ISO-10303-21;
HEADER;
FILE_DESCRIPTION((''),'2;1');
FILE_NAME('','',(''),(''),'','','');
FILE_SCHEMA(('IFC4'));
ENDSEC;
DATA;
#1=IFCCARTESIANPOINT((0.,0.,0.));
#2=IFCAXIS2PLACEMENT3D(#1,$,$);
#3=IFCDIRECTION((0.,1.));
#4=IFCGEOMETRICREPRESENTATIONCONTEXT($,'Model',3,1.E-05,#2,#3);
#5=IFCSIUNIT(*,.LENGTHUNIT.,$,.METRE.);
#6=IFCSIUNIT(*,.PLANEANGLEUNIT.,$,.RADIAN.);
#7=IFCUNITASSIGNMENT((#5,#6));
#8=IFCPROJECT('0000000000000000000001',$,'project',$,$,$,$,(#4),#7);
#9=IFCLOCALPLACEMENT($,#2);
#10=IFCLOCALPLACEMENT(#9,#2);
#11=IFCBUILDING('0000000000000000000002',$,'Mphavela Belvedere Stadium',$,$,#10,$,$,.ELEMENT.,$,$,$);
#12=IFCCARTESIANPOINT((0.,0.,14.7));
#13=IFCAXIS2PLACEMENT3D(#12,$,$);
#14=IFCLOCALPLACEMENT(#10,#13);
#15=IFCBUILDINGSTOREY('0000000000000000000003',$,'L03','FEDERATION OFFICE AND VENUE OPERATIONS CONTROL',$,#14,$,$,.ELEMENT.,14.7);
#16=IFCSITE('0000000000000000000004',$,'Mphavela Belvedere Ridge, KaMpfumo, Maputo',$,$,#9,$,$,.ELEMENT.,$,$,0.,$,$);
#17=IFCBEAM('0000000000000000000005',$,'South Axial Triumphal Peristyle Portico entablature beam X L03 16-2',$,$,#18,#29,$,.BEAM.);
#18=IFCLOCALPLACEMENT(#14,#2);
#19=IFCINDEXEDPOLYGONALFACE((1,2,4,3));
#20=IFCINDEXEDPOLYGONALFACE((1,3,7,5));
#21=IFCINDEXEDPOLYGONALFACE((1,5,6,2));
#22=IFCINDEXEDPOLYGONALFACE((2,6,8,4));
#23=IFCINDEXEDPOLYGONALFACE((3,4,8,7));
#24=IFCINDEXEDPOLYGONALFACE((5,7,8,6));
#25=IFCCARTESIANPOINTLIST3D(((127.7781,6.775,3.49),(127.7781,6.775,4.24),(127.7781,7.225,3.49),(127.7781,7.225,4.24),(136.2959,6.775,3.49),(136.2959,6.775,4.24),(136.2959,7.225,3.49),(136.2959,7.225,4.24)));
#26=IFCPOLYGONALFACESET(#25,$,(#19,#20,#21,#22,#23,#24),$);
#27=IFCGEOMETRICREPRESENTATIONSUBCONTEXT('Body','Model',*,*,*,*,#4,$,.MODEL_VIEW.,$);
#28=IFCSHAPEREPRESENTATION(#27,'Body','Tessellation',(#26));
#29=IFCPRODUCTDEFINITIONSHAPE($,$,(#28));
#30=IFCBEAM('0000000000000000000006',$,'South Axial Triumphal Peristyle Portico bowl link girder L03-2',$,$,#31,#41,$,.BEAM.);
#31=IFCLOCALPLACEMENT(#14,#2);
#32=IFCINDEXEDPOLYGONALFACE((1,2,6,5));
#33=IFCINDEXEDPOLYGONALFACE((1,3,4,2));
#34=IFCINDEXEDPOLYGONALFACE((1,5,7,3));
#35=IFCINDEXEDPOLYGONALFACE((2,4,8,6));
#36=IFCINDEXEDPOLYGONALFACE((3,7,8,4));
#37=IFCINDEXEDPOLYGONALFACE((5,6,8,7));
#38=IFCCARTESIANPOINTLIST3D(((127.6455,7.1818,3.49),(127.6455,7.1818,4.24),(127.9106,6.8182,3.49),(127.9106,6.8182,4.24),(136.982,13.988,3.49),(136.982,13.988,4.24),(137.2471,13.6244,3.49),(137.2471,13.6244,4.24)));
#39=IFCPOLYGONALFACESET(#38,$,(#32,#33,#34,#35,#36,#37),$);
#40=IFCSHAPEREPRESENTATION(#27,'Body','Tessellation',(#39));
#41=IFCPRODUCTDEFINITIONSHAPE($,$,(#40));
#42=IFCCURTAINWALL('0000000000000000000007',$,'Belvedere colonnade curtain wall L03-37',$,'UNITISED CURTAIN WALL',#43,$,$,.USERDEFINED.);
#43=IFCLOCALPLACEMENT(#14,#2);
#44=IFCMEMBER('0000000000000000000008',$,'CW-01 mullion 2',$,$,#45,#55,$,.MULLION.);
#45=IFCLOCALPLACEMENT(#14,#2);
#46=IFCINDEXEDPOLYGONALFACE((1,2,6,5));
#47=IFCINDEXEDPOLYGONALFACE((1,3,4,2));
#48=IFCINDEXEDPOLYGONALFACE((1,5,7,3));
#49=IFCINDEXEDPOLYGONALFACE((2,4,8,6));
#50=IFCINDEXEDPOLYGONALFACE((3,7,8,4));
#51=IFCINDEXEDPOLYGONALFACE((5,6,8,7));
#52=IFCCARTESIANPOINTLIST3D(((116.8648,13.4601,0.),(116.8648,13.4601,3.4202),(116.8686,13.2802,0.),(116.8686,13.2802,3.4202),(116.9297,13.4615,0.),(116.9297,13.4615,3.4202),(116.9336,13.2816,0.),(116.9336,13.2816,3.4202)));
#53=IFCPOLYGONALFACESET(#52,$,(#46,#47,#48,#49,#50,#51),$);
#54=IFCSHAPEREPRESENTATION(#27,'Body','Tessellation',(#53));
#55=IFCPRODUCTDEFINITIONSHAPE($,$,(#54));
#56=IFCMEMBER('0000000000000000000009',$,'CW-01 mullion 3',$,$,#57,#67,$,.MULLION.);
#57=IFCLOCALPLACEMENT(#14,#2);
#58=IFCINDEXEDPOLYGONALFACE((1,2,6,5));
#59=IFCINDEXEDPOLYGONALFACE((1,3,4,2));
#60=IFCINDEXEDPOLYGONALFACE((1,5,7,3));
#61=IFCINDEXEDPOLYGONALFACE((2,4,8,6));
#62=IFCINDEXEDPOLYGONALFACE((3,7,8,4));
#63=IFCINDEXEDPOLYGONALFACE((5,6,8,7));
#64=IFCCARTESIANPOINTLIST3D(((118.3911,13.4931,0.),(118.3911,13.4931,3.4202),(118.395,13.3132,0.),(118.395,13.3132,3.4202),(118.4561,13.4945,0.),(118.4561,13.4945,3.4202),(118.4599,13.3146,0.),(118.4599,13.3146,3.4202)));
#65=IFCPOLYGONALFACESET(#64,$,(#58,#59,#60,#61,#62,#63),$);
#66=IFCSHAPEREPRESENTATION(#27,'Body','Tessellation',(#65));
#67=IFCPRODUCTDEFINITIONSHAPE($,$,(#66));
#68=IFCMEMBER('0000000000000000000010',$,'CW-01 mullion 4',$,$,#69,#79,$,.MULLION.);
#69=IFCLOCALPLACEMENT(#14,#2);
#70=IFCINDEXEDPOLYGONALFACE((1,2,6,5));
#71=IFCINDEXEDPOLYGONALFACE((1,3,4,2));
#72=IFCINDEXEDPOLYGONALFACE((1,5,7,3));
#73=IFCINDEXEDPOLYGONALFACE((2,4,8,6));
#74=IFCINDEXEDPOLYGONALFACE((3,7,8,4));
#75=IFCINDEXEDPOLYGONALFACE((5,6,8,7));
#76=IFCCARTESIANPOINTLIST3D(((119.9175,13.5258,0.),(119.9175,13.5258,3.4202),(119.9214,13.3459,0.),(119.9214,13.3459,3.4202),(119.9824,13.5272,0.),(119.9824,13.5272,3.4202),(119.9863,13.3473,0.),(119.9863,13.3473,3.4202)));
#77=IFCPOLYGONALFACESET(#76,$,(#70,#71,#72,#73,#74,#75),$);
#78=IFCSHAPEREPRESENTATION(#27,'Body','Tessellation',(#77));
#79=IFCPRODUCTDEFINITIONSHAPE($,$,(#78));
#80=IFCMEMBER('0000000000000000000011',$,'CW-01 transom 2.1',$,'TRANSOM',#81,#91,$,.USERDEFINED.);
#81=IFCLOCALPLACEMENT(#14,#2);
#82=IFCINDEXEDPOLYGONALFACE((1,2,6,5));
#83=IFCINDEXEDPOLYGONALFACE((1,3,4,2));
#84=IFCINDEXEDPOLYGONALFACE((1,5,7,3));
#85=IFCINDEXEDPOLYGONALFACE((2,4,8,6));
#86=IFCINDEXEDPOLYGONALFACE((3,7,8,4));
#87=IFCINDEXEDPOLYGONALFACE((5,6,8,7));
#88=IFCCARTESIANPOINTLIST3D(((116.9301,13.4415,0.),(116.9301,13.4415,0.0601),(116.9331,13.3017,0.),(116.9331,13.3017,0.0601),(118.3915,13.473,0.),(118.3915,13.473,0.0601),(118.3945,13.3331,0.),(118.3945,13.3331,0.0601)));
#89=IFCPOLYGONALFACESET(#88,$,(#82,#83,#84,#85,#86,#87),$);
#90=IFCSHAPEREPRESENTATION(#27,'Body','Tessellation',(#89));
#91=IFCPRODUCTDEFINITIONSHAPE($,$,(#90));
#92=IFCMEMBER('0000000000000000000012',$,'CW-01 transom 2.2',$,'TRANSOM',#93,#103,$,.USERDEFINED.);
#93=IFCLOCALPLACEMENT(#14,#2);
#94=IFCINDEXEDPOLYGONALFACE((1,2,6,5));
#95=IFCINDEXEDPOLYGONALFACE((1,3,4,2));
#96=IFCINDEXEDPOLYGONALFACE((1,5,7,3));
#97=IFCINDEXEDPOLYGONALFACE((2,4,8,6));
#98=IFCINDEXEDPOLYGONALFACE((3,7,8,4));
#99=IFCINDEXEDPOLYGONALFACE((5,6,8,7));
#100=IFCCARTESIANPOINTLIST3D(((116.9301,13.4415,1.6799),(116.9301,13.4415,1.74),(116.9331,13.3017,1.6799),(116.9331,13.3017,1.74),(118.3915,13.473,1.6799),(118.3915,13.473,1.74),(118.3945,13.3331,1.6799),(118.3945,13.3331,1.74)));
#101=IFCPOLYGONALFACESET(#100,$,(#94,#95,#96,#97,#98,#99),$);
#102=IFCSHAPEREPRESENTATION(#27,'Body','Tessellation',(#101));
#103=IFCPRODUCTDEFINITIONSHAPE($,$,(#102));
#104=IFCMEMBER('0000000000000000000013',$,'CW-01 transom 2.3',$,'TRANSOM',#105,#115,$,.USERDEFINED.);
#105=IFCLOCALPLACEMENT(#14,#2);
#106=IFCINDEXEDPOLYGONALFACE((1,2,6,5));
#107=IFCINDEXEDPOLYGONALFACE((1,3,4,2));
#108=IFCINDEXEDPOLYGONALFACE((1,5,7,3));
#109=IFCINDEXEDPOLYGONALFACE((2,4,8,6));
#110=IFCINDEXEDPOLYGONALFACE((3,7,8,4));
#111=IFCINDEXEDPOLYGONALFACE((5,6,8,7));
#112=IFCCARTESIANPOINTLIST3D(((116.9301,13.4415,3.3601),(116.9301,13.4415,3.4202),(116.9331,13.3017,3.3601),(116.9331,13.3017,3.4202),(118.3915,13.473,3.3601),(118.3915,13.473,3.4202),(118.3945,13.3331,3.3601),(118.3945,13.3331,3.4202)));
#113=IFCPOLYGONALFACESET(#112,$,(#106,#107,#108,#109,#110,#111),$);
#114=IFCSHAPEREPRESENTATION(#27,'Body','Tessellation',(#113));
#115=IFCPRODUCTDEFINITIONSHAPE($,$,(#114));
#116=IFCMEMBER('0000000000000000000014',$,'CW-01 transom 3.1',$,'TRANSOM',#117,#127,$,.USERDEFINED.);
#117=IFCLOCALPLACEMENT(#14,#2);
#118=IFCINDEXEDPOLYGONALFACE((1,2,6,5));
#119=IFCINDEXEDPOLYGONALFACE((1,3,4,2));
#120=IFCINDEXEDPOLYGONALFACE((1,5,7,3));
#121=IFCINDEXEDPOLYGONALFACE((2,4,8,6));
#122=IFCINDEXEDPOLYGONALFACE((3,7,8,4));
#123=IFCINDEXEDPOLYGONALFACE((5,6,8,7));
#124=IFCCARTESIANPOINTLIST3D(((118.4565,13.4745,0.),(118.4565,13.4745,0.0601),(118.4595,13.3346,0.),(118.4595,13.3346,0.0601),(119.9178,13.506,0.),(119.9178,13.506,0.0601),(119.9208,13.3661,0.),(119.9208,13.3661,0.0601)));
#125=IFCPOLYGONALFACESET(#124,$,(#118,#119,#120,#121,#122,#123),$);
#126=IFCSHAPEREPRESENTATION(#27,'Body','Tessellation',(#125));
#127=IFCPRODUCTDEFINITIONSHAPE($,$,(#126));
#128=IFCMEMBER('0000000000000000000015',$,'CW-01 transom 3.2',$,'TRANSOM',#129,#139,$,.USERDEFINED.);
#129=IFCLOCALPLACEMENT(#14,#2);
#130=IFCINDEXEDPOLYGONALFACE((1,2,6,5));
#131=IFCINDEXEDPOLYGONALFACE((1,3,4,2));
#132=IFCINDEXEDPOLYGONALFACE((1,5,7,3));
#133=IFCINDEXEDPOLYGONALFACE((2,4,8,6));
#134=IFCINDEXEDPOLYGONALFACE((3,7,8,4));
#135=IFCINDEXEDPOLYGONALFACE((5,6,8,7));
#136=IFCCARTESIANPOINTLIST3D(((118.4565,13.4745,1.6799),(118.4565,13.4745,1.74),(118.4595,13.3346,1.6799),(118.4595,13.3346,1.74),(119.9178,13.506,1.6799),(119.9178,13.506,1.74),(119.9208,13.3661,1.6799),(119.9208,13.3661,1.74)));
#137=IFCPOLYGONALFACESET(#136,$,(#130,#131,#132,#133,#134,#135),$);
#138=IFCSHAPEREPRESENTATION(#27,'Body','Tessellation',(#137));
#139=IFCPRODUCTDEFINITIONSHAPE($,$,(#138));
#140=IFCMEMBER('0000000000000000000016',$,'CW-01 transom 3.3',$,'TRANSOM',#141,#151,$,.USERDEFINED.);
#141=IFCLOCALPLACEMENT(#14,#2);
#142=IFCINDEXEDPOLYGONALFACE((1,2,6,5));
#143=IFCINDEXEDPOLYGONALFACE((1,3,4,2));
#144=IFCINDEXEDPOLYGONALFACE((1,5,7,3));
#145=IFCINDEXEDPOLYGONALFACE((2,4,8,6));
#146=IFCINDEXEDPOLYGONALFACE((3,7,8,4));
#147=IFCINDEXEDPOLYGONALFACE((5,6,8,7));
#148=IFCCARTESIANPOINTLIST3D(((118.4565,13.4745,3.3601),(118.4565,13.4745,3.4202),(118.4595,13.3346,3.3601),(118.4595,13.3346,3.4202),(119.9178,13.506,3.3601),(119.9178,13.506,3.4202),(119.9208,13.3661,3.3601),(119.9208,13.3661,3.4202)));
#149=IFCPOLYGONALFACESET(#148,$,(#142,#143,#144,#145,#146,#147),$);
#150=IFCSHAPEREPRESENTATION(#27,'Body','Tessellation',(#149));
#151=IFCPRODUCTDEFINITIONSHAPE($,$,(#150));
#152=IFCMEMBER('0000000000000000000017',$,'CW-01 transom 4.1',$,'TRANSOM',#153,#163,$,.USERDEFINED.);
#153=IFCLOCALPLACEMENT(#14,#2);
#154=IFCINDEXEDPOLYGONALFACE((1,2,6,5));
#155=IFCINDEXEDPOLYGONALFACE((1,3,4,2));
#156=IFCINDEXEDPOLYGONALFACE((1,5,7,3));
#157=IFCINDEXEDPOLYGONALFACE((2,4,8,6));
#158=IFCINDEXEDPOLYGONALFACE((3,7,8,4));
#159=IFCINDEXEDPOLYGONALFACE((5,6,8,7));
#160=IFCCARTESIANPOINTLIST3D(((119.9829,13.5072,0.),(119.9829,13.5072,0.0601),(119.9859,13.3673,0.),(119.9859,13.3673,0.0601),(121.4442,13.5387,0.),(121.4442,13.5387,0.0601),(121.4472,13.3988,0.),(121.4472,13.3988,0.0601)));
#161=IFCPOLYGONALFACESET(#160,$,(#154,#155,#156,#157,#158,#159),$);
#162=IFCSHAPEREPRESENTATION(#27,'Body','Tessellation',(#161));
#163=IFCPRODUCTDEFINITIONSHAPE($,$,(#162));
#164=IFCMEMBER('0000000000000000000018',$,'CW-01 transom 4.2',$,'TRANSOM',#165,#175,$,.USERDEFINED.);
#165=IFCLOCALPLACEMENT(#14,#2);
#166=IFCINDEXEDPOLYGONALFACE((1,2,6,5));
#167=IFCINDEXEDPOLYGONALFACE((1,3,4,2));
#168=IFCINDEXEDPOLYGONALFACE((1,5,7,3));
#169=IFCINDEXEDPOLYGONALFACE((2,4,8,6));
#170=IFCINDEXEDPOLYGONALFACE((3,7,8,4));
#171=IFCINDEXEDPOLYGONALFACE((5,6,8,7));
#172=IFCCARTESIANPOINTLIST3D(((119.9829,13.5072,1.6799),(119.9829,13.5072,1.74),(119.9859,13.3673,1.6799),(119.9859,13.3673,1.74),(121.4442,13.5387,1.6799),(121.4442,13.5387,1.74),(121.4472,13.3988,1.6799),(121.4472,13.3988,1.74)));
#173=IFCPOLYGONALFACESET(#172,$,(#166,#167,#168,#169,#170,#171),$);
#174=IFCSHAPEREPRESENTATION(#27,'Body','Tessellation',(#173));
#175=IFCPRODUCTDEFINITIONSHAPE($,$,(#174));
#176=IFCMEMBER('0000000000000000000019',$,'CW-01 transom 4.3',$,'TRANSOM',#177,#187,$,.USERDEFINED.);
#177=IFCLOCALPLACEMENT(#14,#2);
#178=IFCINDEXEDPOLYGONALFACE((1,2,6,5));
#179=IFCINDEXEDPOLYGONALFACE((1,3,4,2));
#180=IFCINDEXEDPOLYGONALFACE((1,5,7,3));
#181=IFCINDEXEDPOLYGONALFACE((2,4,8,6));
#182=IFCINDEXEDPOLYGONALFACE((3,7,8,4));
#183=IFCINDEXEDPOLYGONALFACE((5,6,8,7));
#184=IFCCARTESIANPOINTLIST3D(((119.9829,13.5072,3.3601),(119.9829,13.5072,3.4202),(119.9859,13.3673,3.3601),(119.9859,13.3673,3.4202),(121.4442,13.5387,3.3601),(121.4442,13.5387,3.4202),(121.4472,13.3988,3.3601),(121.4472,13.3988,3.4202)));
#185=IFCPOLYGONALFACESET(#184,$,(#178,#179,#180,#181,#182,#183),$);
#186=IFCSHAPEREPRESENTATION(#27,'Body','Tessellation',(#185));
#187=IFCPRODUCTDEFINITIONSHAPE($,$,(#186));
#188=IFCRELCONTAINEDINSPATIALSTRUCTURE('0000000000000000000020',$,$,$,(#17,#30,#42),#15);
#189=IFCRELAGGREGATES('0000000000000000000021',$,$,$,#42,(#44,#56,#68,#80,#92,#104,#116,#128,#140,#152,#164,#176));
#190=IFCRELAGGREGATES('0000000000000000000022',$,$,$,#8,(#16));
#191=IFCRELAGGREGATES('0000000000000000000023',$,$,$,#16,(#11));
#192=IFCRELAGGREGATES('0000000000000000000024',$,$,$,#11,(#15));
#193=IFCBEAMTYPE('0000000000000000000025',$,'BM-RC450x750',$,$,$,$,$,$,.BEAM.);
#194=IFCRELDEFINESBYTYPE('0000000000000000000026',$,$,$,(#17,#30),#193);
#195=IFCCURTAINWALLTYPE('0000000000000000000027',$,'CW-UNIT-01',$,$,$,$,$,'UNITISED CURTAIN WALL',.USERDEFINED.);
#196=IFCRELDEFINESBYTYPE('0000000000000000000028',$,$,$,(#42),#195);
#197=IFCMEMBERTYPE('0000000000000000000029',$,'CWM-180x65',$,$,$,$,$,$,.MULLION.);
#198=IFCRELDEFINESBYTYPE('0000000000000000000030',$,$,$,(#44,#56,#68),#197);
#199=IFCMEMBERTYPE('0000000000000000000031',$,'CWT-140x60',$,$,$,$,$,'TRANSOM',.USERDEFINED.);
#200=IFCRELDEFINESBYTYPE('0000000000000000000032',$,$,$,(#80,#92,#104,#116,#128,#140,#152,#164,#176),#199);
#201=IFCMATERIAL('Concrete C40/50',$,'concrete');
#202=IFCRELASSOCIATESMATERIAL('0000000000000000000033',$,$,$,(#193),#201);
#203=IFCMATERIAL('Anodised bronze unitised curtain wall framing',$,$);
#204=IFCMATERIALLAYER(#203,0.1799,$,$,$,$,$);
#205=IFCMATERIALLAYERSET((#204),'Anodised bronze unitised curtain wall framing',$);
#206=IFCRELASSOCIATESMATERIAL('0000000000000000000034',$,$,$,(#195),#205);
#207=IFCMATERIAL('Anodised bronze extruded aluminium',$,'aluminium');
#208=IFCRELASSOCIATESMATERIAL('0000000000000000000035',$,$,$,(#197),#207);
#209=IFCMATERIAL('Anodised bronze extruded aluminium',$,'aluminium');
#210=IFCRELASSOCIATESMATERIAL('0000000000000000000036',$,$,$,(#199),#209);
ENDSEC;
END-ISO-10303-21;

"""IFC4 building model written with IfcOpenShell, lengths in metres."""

from ifc_helpers import new_model, si_unit, direction, frame, origin, origin_2d, place, context, subcontext, project, spatial, rectangle, extrude, material, layer, layer_set, material_profile, profile_set, type_object, element, aggregate, save


model = new_model("IFC4")

# Units and contexts
model_context = context("Model", 3, precision=1e-05, world=origin(), true_north=direction((0.0, 1.0)))
body_context = subcontext(model_context, "Body", "Model", "MODEL_VIEW")
ifc_project = project(units=[si_unit("LENGTHUNIT", "METRE"), si_unit("PLANEANGLEUNIT", "RADIAN")], contexts=[model_context])

# Site, building, storey
site_placement = place(None, origin())
site = spatial("IfcSite", under=ifc_project, at=site_placement, Name="Mphavela Belvedere Ridge, KaMpfumo, Maputo", CompositionType="ELEMENT", RefElevation=0.0)
building_placement = place(site_placement, origin())
building = spatial("IfcBuilding", under=site, at=building_placement, Name="Mphavela Belvedere Stadium", CompositionType="ELEMENT")
storey_placement = place(building_placement, frame((0.0, 0.0, 14.7)))
storey = spatial("IfcBuildingStorey", under=building, at=storey_placement, Name="L03", Description="FEDERATION OFFICE AND VENUE OPERATIONS CONTROL", CompositionType="ELEMENT", Elevation=14.7)

# Beams
ifc_material_1 = material(Name="Concrete C40/50", Category="concrete")
ifc_material_profile_1 = material_profile(ifc_material_1, rectangle(XDim=0.45, YDim=0.75, at=origin_2d()), Name="RC 450x750")
ifc_profile_set_1 = profile_set([ifc_material_profile_1], Name="Concrete C40/50")
beam_type_1 = type_object("IfcBeamType", Name="BM-RC450x750", PredefinedType="BEAM", material=ifc_profile_set_1)
beam_1_placement = place(storey_placement, frame((127.7781, 7.0, 3.865), z_axis=(1.0, 0.0, 0.0), x_axis=(0.0, 1.0, 0.0)))
element("IfcBeam", 1, at=beam_1_placement, inside=storey, type_object=beam_type_1, Name="South Axial Triumphal Peristyle Portico entablature beam X L03 16-2", PredefinedType="BEAM", context=body_context, shape_type="SweptSolid", body=[
    extrude(rectangle(XDim=0.45, YDim=0.75, at=origin_2d()), origin(), (0.0, 0.0, 1.0), 8.5178),
])
beam_2_placement = place(storey_placement, frame((127.7781, 7.0, 3.865), z_axis=(0.808076, 0.589078, 0.0), x_axis=(-0.589078, 0.808076, 0.0)))
element("IfcBeam", 2, at=beam_2_placement, inside=storey, type_object=beam_type_1, Name="South Axial Triumphal Peristyle Portico bowl link girder L03-2", PredefinedType="BEAM", context=body_context, shape_type="SweptSolid", body=[
    extrude(rectangle(XDim=0.45, YDim=0.75, at=origin_2d()), origin(), (0.0, 0.0, 1.0), 11.554),
])

# Curtain wall, members
ifc_material_2 = material(Name="Anodised bronze unitised curtain wall framing")
ifc_layer_1 = layer(ifc_material_2, 0.1799)
ifc_layer_set_1 = layer_set([ifc_layer_1], Name="Anodised bronze unitised curtain wall framing")
curtain_wall_type = type_object("IfcCurtainWallType", Name="CW-UNIT-01", ElementType="UNITISED CURTAIN WALL", PredefinedType="USERDEFINED", material=ifc_layer_set_1)
curtain_wall_placement = place(storey_placement, origin())
curtain_wall = element("IfcCurtainWall", 3, at=curtain_wall_placement, inside=storey, type_object=curtain_wall_type, Name="Belvedere colonnade curtain wall L03-37", ObjectType="UNITISED CURTAIN WALL", PredefinedType="USERDEFINED")
ifc_material_3 = material(Name="Anodised bronze extruded aluminium", Category="aluminium")
ifc_material_profile_2 = material_profile(ifc_material_3, rectangle(XDim=0.1799, YDim=0.0649, at=origin_2d()), Name="CW-MUL 180x65")
ifc_profile_set_2 = profile_set([ifc_material_profile_2], Name="Anodised bronze extruded aluminium")
member_type_1 = type_object("IfcMemberType", Name="CWM-180x65", PredefinedType="MULLION", material=ifc_profile_set_2)
member_1_placement = place(storey_placement, frame((116.8992, 13.3708, 0.0), z_axis=(0.0, 0.0, 1.0), x_axis=(-0.021531, 0.999768, 0.0)))
member_1 = element("IfcMember", 4, at=member_1_placement, type_object=member_type_1, Name="CW-01 mullion 2", PredefinedType="MULLION", context=body_context, shape_type="SweptSolid", body=[
    extrude(rectangle(XDim=0.1799, YDim=0.0649, at=origin_2d()), origin(), (0.0, 0.0, 1.0), 3.4202),
])
member_2_placement = place(storey_placement, frame((118.4255, 13.4038, 0.0), z_axis=(0.0, 0.0, 1.0), x_axis=(-0.021531, 0.999768, 0.0)))
member_2 = element("IfcMember", 5, at=member_2_placement, type_object=member_type_1, Name="CW-01 mullion 3", PredefinedType="MULLION", context=body_context, shape_type="SweptSolid", body=[
    extrude(rectangle(XDim=0.1799, YDim=0.0649, at=origin_2d()), origin(), (0.0, 0.0, 1.0), 3.4202),
])
member_3_placement = place(storey_placement, frame((119.9519, 13.4365, 0.0), z_axis=(0.0, 0.0, 1.0), x_axis=(-0.021531, 0.999768, 0.0)))
member_3 = element("IfcMember", 6, at=member_3_placement, type_object=member_type_1, Name="CW-01 mullion 4", PredefinedType="MULLION", context=body_context, shape_type="SweptSolid", body=[
    extrude(rectangle(XDim=0.1799, YDim=0.0649, at=origin_2d()), origin(), (0.0, 0.0, 1.0), 3.4202),
])
ifc_material_4 = material(Name="Anodised bronze extruded aluminium", Category="aluminium")
ifc_material_profile_3 = material_profile(ifc_material_4, rectangle(XDim=0.1399, YDim=0.0601, at=origin_2d()), Name="CW-TRN 140x60")
ifc_profile_set_3 = profile_set([ifc_material_profile_3], Name="Anodised bronze extruded aluminium")
member_type_2 = type_object("IfcMemberType", Name="CWT-140x60", ElementType="TRANSOM", PredefinedType="USERDEFINED", material=ifc_profile_set_3)
member_4_placement = place(storey_placement, frame((116.9316, 13.3716, 0.03), z_axis=(0.999768, 0.021545, 0.0), x_axis=(-0.021545, 0.999768, 0.0)))
member_4 = element("IfcMember", 7, at=member_4_placement, type_object=member_type_2, Name="CW-01 transom 2.1", ObjectType="TRANSOM", PredefinedType="USERDEFINED", context=body_context, shape_type="SweptSolid", body=[
    extrude(rectangle(XDim=0.1399, YDim=0.0601, at=origin_2d()), origin(), (0.0, 0.0, 1.0), 1.4617),
])
member_5_placement = place(storey_placement, frame((116.9316, 13.3716, 1.71), z_axis=(0.999768, 0.021545, 0.0), x_axis=(-0.021545, 0.999768, 0.0)))
member_5 = element("IfcMember", 8, at=member_5_placement, type_object=member_type_2, Name="CW-01 transom 2.2", ObjectType="TRANSOM", PredefinedType="USERDEFINED", context=body_context, shape_type="SweptSolid", body=[
    extrude(rectangle(XDim=0.1399, YDim=0.0601, at=origin_2d()), origin(), (0.0, 0.0, 1.0), 1.4617),
])
member_6_placement = place(storey_placement, frame((116.9316, 13.3716, 3.3901), z_axis=(0.999768, 0.021545, 0.0), x_axis=(-0.021545, 0.999768, 0.0)))
member_6 = element("IfcMember", 9, at=member_6_placement, type_object=member_type_2, Name="CW-01 transom 2.3", ObjectType="TRANSOM", PredefinedType="USERDEFINED", context=body_context, shape_type="SweptSolid", body=[
    extrude(rectangle(XDim=0.1399, YDim=0.0601, at=origin_2d()), origin(), (0.0, 0.0, 1.0), 1.4617),
])
member_7_placement = place(storey_placement, frame((118.458, 13.4045, 0.03), z_axis=(0.999768, 0.021545, 0.0), x_axis=(-0.021545, 0.999768, 0.0)))
member_7 = element("IfcMember", 10, at=member_7_placement, type_object=member_type_2, Name="CW-01 transom 3.1", ObjectType="TRANSOM", PredefinedType="USERDEFINED", context=body_context, shape_type="SweptSolid", body=[
    extrude(rectangle(XDim=0.1399, YDim=0.0601, at=origin_2d()), origin(), (0.0, 0.0, 1.0), 1.4617),
])
member_8_placement = place(storey_placement, frame((118.458, 13.4045, 1.71), z_axis=(0.999768, 0.021545, 0.0), x_axis=(-0.021545, 0.999768, 0.0)))
member_8 = element("IfcMember", 11, at=member_8_placement, type_object=member_type_2, Name="CW-01 transom 3.2", ObjectType="TRANSOM", PredefinedType="USERDEFINED", context=body_context, shape_type="SweptSolid", body=[
    extrude(rectangle(XDim=0.1399, YDim=0.0601, at=origin_2d()), origin(), (0.0, 0.0, 1.0), 1.4617),
])
member_9_placement = place(storey_placement, frame((118.458, 13.4045, 3.3901), z_axis=(0.999768, 0.021545, 0.0), x_axis=(-0.021545, 0.999768, 0.0)))
member_9 = element("IfcMember", 12, at=member_9_placement, type_object=member_type_2, Name="CW-01 transom 3.3", ObjectType="TRANSOM", PredefinedType="USERDEFINED", context=body_context, shape_type="SweptSolid", body=[
    extrude(rectangle(XDim=0.1399, YDim=0.0601, at=origin_2d()), origin(), (0.0, 0.0, 1.0), 1.4617),
])
member_10_placement = place(storey_placement, frame((119.9844, 13.4373, 0.03), z_axis=(0.999768, 0.021545, 0.0), x_axis=(-0.021545, 0.999768, 0.0)))
member_10 = element("IfcMember", 13, at=member_10_placement, type_object=member_type_2, Name="CW-01 transom 4.1", ObjectType="TRANSOM", PredefinedType="USERDEFINED", context=body_context, shape_type="SweptSolid", body=[
    extrude(rectangle(XDim=0.1399, YDim=0.0601, at=origin_2d()), origin(), (0.0, 0.0, 1.0), 1.4617),
])
member_11_placement = place(storey_placement, frame((119.9844, 13.4373, 1.71), z_axis=(0.999768, 0.021545, 0.0), x_axis=(-0.021545, 0.999768, 0.0)))
member_11 = element("IfcMember", 14, at=member_11_placement, type_object=member_type_2, Name="CW-01 transom 4.2", ObjectType="TRANSOM", PredefinedType="USERDEFINED", context=body_context, shape_type="SweptSolid", body=[
    extrude(rectangle(XDim=0.1399, YDim=0.0601, at=origin_2d()), origin(), (0.0, 0.0, 1.0), 1.4617),
])
member_12_placement = place(storey_placement, frame((119.9844, 13.4373, 3.3901), z_axis=(0.999768, 0.021545, 0.0), x_axis=(-0.021545, 0.999768, 0.0)))
member_12 = element("IfcMember", 15, at=member_12_placement, type_object=member_type_2, Name="CW-01 transom 4.3", ObjectType="TRANSOM", PredefinedType="USERDEFINED", context=body_context, shape_type="SweptSolid", body=[
    extrude(rectangle(XDim=0.1399, YDim=0.0601, at=origin_2d()), origin(), (0.0, 0.0, 1.0), 1.4617),
])
aggregate(curtain_wall, [member_1, member_2, member_3, member_4, member_5, member_6, member_7, member_8, member_9, member_10, member_11, member_12])

save(model, "model.ifc")
